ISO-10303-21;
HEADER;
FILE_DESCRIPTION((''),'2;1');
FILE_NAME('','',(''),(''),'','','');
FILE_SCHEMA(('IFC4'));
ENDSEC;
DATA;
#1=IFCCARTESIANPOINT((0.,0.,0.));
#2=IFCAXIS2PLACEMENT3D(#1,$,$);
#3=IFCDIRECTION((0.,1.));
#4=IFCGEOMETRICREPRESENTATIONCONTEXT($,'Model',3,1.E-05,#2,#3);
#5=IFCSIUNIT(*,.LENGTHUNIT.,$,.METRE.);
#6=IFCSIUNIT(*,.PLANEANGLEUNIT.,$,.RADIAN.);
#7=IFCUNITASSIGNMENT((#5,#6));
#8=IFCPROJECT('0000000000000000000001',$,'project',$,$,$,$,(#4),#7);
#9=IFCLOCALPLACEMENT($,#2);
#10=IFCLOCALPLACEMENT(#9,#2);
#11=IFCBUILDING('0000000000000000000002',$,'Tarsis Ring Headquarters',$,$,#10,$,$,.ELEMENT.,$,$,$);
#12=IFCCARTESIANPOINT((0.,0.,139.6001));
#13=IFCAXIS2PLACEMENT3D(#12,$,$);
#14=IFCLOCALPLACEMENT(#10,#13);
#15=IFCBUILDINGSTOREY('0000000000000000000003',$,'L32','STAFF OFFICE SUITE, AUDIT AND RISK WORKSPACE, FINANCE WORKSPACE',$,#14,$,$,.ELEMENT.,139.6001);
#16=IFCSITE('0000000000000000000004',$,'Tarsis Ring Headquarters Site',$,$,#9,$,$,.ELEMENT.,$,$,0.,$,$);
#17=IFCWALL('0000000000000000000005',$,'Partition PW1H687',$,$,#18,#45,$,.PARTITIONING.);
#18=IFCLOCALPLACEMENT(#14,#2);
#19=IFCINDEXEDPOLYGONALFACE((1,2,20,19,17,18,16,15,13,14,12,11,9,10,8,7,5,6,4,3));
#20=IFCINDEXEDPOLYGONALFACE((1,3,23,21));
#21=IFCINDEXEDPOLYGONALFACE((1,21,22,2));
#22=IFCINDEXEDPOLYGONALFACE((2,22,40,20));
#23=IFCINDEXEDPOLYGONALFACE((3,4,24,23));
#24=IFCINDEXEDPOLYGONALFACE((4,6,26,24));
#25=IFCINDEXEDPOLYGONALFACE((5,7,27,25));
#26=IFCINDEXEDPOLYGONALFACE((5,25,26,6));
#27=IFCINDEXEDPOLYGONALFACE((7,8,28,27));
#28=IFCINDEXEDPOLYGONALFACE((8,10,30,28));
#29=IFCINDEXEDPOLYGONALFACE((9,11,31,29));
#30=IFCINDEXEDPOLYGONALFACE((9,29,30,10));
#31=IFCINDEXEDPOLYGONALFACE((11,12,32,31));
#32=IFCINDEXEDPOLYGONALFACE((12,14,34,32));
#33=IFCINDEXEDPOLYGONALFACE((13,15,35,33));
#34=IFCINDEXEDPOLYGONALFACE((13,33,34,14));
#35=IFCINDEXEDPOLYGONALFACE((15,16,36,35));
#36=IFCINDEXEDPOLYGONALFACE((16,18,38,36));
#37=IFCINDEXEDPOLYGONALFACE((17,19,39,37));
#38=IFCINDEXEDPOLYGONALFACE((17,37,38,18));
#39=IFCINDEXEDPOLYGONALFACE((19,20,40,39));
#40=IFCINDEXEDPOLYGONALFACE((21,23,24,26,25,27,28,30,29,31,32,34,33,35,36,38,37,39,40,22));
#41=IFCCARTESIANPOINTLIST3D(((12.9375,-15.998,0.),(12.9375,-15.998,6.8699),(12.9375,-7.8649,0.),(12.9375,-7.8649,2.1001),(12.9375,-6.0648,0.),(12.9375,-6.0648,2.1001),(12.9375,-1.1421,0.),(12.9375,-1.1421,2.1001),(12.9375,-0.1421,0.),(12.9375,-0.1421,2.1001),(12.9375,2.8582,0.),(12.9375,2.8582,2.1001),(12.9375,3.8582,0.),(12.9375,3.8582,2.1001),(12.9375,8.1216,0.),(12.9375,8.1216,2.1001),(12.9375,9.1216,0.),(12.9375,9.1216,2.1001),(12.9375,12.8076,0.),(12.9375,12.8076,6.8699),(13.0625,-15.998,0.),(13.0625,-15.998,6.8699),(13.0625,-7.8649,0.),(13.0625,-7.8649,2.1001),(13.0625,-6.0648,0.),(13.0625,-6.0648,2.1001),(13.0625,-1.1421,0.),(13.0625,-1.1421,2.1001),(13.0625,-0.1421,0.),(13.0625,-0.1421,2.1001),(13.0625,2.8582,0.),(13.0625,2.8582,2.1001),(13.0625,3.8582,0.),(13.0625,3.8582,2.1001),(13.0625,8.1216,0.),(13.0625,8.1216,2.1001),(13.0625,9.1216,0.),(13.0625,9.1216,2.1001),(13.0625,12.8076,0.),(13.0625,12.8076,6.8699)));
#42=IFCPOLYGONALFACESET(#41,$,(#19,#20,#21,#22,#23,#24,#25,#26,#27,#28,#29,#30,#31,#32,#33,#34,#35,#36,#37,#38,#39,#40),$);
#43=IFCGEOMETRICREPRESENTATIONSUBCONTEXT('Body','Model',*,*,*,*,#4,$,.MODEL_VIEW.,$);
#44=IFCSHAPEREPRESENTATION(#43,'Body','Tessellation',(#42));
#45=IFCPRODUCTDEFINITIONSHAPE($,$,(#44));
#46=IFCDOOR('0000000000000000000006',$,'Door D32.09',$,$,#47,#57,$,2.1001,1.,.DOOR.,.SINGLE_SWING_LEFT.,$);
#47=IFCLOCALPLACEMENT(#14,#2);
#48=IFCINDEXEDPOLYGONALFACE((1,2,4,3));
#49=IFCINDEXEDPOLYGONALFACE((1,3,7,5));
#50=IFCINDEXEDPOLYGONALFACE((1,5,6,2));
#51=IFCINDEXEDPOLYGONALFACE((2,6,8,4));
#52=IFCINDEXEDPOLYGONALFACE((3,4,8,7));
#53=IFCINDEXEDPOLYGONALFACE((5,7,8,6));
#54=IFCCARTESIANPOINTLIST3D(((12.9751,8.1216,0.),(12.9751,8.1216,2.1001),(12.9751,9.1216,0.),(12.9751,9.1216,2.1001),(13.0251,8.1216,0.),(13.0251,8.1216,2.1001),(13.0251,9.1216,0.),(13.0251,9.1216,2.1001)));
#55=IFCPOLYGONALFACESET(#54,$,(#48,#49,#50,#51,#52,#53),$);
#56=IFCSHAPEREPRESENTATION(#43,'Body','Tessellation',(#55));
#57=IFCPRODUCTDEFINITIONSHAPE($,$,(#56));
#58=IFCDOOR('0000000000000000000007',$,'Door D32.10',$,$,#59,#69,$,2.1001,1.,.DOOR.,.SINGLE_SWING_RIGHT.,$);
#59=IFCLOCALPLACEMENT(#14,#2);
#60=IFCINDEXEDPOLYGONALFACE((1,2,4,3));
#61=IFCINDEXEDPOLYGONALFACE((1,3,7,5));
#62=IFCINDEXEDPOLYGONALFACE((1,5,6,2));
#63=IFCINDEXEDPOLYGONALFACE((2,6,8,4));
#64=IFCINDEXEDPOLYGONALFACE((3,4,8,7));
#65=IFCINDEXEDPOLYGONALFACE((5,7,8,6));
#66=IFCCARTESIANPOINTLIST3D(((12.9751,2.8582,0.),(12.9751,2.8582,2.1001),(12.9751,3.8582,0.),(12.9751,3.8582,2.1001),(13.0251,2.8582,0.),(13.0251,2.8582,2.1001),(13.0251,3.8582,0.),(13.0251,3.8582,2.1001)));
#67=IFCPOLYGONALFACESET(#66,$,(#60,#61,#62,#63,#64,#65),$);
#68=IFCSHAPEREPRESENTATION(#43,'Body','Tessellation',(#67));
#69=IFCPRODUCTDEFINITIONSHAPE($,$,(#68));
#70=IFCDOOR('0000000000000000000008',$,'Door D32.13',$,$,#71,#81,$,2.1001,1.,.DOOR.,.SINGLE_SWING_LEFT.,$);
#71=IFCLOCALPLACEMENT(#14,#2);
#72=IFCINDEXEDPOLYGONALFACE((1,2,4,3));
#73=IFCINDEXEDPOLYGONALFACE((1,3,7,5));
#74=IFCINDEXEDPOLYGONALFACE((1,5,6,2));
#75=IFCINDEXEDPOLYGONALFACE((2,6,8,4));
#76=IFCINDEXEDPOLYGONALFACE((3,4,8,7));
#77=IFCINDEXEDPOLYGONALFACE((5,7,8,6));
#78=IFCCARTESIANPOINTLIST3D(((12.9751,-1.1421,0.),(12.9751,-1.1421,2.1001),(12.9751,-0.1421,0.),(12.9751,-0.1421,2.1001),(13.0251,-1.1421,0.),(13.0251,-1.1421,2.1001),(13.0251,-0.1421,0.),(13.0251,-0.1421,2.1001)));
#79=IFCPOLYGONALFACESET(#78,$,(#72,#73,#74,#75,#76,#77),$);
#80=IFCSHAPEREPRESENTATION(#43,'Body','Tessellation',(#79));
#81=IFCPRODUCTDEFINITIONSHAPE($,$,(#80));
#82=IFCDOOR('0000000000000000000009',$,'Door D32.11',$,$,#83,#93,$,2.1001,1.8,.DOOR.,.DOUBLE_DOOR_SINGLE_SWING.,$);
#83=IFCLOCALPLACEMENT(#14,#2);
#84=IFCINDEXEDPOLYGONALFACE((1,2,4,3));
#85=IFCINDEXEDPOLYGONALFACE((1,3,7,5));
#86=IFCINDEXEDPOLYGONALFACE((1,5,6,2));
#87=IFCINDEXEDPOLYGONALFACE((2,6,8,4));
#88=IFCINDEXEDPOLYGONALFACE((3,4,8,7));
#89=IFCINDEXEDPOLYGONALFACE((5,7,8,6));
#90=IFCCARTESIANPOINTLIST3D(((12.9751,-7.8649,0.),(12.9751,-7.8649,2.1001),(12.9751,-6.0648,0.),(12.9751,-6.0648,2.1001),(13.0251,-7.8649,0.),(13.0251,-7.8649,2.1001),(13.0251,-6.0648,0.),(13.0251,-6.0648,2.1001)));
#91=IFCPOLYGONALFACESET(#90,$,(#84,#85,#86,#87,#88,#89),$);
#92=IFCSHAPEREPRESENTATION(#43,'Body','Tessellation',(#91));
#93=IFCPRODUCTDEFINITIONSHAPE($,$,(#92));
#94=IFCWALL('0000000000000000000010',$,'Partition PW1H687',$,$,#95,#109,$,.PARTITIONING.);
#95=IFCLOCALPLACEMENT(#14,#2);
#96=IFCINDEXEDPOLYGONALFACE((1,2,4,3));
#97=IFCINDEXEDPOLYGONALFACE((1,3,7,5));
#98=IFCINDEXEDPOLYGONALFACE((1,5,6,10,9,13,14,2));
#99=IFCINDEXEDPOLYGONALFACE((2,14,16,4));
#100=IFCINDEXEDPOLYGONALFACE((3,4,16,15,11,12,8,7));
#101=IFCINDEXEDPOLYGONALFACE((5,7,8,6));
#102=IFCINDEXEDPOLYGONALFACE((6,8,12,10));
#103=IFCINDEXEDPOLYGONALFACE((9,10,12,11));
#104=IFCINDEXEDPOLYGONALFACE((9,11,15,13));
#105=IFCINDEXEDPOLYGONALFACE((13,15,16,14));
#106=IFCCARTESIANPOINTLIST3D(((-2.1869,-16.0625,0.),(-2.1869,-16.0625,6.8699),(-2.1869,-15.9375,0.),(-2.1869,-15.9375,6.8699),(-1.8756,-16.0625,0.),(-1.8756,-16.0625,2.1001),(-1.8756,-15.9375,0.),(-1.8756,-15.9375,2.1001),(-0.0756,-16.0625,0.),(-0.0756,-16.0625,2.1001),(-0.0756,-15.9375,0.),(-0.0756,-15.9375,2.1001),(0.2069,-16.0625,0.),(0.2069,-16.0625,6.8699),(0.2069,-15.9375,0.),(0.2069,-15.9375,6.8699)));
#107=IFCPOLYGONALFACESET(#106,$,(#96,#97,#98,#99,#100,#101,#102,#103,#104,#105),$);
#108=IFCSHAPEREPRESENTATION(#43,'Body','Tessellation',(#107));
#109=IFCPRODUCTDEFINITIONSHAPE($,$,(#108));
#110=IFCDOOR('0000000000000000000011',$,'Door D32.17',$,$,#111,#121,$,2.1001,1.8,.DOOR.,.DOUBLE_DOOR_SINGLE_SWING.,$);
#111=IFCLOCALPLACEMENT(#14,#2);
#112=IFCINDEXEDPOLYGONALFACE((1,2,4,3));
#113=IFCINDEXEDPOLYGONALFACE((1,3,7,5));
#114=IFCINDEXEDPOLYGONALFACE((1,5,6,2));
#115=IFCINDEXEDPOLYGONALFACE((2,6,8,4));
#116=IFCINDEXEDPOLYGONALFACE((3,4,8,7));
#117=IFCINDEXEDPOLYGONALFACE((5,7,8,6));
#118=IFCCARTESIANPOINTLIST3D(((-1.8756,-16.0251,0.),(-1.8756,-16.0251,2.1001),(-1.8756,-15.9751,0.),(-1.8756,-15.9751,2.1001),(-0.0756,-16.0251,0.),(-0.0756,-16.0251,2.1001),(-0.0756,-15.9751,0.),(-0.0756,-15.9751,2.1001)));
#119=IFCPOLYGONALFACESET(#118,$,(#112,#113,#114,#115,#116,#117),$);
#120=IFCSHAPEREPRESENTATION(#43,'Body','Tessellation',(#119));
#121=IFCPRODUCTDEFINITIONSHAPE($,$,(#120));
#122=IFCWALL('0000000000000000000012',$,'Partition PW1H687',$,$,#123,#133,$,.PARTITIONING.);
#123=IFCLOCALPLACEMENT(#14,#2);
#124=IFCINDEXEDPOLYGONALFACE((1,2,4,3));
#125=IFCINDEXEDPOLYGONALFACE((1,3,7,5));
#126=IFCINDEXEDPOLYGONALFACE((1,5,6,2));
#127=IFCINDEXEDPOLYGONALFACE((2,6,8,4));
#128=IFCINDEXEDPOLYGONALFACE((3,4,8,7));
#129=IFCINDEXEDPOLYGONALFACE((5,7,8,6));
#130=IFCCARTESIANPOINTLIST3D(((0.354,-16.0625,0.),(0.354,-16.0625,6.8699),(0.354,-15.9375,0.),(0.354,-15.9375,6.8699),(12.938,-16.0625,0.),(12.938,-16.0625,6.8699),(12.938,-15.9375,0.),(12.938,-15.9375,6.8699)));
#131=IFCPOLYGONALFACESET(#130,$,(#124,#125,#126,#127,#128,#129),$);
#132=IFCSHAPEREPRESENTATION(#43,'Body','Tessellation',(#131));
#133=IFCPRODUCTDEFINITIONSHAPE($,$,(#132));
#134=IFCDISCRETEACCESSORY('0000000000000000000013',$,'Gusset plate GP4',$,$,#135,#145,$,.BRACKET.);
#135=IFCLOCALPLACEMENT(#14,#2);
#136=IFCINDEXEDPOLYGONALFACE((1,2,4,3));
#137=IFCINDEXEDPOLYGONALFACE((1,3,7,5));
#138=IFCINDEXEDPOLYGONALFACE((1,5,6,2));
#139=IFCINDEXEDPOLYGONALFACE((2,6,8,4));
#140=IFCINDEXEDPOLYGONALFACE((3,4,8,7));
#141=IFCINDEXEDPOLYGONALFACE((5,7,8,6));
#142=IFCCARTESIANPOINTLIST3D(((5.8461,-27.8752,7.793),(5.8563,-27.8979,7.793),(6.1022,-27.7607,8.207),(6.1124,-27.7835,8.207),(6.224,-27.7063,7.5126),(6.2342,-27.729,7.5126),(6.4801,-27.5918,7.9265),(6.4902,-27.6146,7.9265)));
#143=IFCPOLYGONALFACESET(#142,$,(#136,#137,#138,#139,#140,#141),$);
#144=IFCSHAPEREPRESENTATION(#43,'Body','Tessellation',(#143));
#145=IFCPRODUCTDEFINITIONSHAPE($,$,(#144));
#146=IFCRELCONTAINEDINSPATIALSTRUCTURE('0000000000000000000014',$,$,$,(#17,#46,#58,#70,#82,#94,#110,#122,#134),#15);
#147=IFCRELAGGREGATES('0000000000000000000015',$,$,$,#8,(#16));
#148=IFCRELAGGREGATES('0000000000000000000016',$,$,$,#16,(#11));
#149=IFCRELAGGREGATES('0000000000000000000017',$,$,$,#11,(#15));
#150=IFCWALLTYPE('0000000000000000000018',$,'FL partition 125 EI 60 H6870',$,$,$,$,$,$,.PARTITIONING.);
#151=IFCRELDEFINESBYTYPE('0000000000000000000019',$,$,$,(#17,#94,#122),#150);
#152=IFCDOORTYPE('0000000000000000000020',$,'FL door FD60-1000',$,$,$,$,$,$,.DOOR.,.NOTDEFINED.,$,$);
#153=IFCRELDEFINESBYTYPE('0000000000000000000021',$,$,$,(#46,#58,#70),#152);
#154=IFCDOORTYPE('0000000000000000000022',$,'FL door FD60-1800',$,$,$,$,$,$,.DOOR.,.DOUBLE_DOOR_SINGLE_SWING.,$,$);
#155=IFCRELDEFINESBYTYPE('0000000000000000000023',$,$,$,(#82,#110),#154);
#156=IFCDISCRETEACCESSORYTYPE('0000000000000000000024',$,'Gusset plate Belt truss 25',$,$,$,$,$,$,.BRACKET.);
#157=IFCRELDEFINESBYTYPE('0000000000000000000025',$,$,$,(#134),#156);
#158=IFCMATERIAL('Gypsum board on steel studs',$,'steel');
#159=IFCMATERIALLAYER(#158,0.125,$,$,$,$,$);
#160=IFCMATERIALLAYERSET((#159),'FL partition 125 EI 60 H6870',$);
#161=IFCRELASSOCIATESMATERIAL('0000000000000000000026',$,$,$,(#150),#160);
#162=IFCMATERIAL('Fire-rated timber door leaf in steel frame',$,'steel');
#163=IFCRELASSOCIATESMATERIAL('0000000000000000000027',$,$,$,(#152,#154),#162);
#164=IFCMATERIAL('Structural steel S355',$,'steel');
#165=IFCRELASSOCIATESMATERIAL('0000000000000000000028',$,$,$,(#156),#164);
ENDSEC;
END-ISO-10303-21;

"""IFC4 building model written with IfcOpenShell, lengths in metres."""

from ifc_helpers import new_model, si_unit, direction, frame, frame_2d, origin, origin_2d, place, context, subcontext, project, spatial, rectangle, extrude, material, layer, layer_set, material_profile, profile_set, type_object, element, fill, save


model = new_model("IFC4")

# Units and contexts
model_context = context("Model", 3, precision=1e-05, world=origin(), true_north=direction((0.0, 1.0)))
body_context = subcontext(model_context, "Body", "Model", "MODEL_VIEW")
ifc_project = project(units=[si_unit("LENGTHUNIT", "METRE"), si_unit("PLANEANGLEUNIT", "RADIAN")], contexts=[model_context])

# Site, building, storey
site_placement = place(None, origin())
site = spatial("IfcSite", under=ifc_project, at=site_placement, Name="Tarsis Ring Headquarters Site", CompositionType="ELEMENT", RefElevation=0.0)
building_placement = place(site_placement, origin())
building = spatial("IfcBuilding", under=site, at=building_placement, Name="Tarsis Ring Headquarters", CompositionType="ELEMENT")
storey_placement = place(building_placement, frame((0.0, 0.0, 139.6001)))
storey = spatial("IfcBuildingStorey", under=building, at=storey_placement, Name="L32", Description="STAFF OFFICE SUITE, AUDIT AND RISK WORKSPACE, FINANCE WORKSPACE", CompositionType="ELEMENT", Elevation=139.6001)

# Shared definitions
ifc_material_1 = material(Name="Structural steel S355", Category="steel")

# Wall, openings, doors
ifc_material_2 = material(Name="Gypsum board on steel studs", Category="steel")
ifc_layer_1 = layer(ifc_material_2, 0.125)
ifc_layer_set_1 = layer_set([ifc_layer_1], Name="FL partition 125 EI 60 H6870")
wall_type = type_object("IfcWallType", Name="FL partition 125 EI 60 H6870", PredefinedType="PARTITIONING", material=ifc_layer_set_1)
wall_1_placement = place(storey_placement, frame((13.0, -15.998, 0.0), z_axis=(0.0, 0.0, 1.0), x_axis=(0.0, 1.0, 0.0)))
wall_1 = element("IfcWall", 1, at=wall_1_placement, inside=storey, type_object=wall_type, Name="Partition PW1H687", PredefinedType="PARTITIONING", context=body_context, shape_type="SweptSolid", body=[
    extrude(rectangle(XDim=28.8057, YDim=0.125, at=frame_2d((14.4028, 0.0))), origin(), (0.0, 0.0, 1.0), 6.8699),
])
opening_1_placement = place(wall_1_placement, frame((24.1196, 0.0, 0.0)))
opening_1 = element("IfcOpeningElement", 2, at=opening_1_placement, cuts=wall_1, PredefinedType="OPENING", context=body_context, shape_type="SweptSolid", body=[
    extrude(rectangle(XDim=1.0, YDim=2.1001, at=frame_2d((0.5, 1.05))), frame((0.0, 0.0725, 0.0), z_axis=(0.0, -1.0, 0.0), x_axis=(1.0, 0.0, 0.0)), (0.0, 0.0, 1.0), 0.145),
])
opening_2_placement = place(wall_1_placement, frame((18.8562, 0.0, 0.0)))
opening_2 = element("IfcOpeningElement", 3, at=opening_2_placement, cuts=wall_1, PredefinedType="OPENING", context=body_context, shape_type="SweptSolid", body=[
    extrude(rectangle(XDim=1.0, YDim=2.1001, at=frame_2d((0.5, 1.05))), frame((0.0, 0.0725, 0.0), z_axis=(0.0, -1.0, 0.0), x_axis=(1.0, 0.0, 0.0)), (0.0, 0.0, 1.0), 0.145),
])
opening_3_placement = place(wall_1_placement, frame((8.1333, 0.0, 0.0)))
opening_3 = element("IfcOpeningElement", 4, at=opening_3_placement, cuts=wall_1, PredefinedType="OPENING", context=body_context, shape_type="SweptSolid", body=[
    extrude(rectangle(XDim=1.8, YDim=2.1001, at=frame_2d((0.8999, 1.05))), frame((0.0, 0.0725, 0.0), z_axis=(0.0, -1.0, 0.0), x_axis=(1.0, 0.0, 0.0)), (0.0, 0.0, 1.0), 0.145),
])
opening_4_placement = place(wall_1_placement, frame((14.856, 0.0, 0.0)))
opening_4 = element("IfcOpeningElement", 5, at=opening_4_placement, cuts=wall_1, PredefinedType="OPENING", context=body_context, shape_type="SweptSolid", body=[
    extrude(rectangle(XDim=1.0, YDim=2.1001, at=frame_2d((0.5, 1.05))), frame((0.0, 0.0725, 0.0), z_axis=(0.0, -1.0, 0.0), x_axis=(1.0, 0.0, 0.0)), (0.0, 0.0, 1.0), 0.145),
])
ifc_material_3 = material(Name="Fire-rated timber door leaf in steel frame", Category="steel")
door_type_1 = type_object("IfcDoorType", Name="FL door FD60-1000", OperationType="NOTDEFINED", PredefinedType="DOOR", material=ifc_material_3)
door_1_placement = place(opening_1_placement, origin())
door_1 = element("IfcDoor", 6, at=door_1_placement, inside=storey, type_object=door_type_1, Name="Door D32.09", OperationType="SINGLE_SWING_LEFT", OverallHeight=2.1001, OverallWidth=1.0, PredefinedType="DOOR", context=body_context, shape_type="SweptSolid", body=[
    extrude(rectangle(XDim=1.0, YDim=2.1001, at=frame_2d((0.5, 1.05))), frame((0.0, 0.0249, 0.0), z_axis=(0.0, -1.0, 0.0), x_axis=(1.0, 0.0, 0.0)), (0.0, 0.0, 1.0), 0.05),
])
fill(opening_1, door_1)
door_2_placement = place(opening_2_placement, origin())
door_2 = element("IfcDoor", 7, at=door_2_placement, inside=storey, type_object=door_type_1, Name="Door D32.10", OperationType="SINGLE_SWING_RIGHT", OverallHeight=2.1001, OverallWidth=1.0, PredefinedType="DOOR", context=body_context, shape_type="SweptSolid", body=[
    extrude(rectangle(XDim=1.0, YDim=2.1001, at=frame_2d((0.5, 1.05))), frame((0.0, 0.0249, 0.0), z_axis=(0.0, -1.0, 0.0), x_axis=(1.0, 0.0, 0.0)), (0.0, 0.0, 1.0), 0.05),
])
fill(opening_2, door_2)
door_3_placement = place(opening_4_placement, origin())
door_3 = element("IfcDoor", 8, at=door_3_placement, inside=storey, type_object=door_type_1, Name="Door D32.13", OperationType="SINGLE_SWING_LEFT", OverallHeight=2.1001, OverallWidth=1.0, PredefinedType="DOOR", context=body_context, shape_type="SweptSolid", body=[
    extrude(rectangle(XDim=1.0, YDim=2.1001, at=frame_2d((0.5, 1.05))), frame((0.0, 0.0249, 0.0), z_axis=(0.0, -1.0, 0.0), x_axis=(1.0, 0.0, 0.0)), (0.0, 0.0, 1.0), 0.05),
])
fill(opening_4, door_3)
door_type_2 = type_object("IfcDoorType", Name="FL door FD60-1800", OperationType="DOUBLE_DOOR_SINGLE_SWING", PredefinedType="DOOR", material=ifc_material_3)
door_4_placement = place(opening_3_placement, origin())
door_4 = element("IfcDoor", 9, at=door_4_placement, inside=storey, type_object=door_type_2, Name="Door D32.11", OperationType="DOUBLE_DOOR_SINGLE_SWING", OverallHeight=2.1001, OverallWidth=1.8, PredefinedType="DOOR", context=body_context, shape_type="SweptSolid", body=[
    extrude(rectangle(XDim=1.8, YDim=2.1001, at=frame_2d((0.8999, 1.05))), frame((0.0, 0.0249, 0.0), z_axis=(0.0, -1.0, 0.0), x_axis=(1.0, 0.0, 0.0)), (0.0, 0.0, 1.0), 0.05),
])
fill(opening_3, door_4)

# Wall, opening, door
wall_2_placement = place(storey_placement, frame((-2.1868, -16.0, 0.0), z_axis=(0.0, 0.0, 1.0), x_axis=(1.0, 0.0, 0.0)))
wall_2 = element("IfcWall", 10, at=wall_2_placement, inside=storey, type_object=wall_type, Name="Partition PW1H687", PredefinedType="PARTITIONING", context=body_context, shape_type="SweptSolid", body=[
    extrude(rectangle(XDim=2.3938, YDim=0.125, at=frame_2d((1.1968, 0.0))), origin(), (0.0, 0.0, 1.0), 6.8699),
])
opening_5_placement = place(wall_2_placement, frame((0.3113, 0.0, 0.0)))
opening_5 = element("IfcOpeningElement", 11, at=opening_5_placement, cuts=wall_2, PredefinedType="OPENING", context=body_context, shape_type="SweptSolid", body=[
    extrude(rectangle(XDim=1.8, YDim=2.1001, at=frame_2d((0.8999, 1.05))), frame((0.0, 0.0725, 0.0), z_axis=(0.0, -1.0, 0.0), x_axis=(1.0, 0.0, 0.0)), (0.0, 0.0, 1.0), 0.145),
])
door_5_placement = place(opening_5_placement, origin())
door_5 = element("IfcDoor", 12, at=door_5_placement, inside=storey, type_object=door_type_2, Name="Door D32.17", OperationType="DOUBLE_DOOR_SINGLE_SWING", OverallHeight=2.1001, OverallWidth=1.8, PredefinedType="DOOR", context=body_context, shape_type="SweptSolid", body=[
    extrude(rectangle(XDim=1.8, YDim=2.1001, at=frame_2d((0.8999, 1.05))), frame((0.0, 0.0249, 0.0), z_axis=(0.0, -1.0, 0.0), x_axis=(1.0, 0.0, 0.0)), (0.0, 0.0, 1.0), 0.05),
])
fill(opening_5, door_5)

# Wall
wall_3_placement = place(storey_placement, frame((0.354, -16.0, 0.0), z_axis=(0.0, 0.0, 1.0), x_axis=(1.0, 0.0, 0.0)))
element("IfcWall", 13, at=wall_3_placement, inside=storey, type_object=wall_type, Name="Partition PW1H687", PredefinedType="PARTITIONING", context=body_context, shape_type="SweptSolid", body=[
    extrude(rectangle(XDim=12.584, YDim=0.125, at=frame_2d((6.292, 0.0))), origin(), (0.0, 0.0, 1.0), 6.8699),
])

# Discrete accessory
ifc_material_profile_1 = material_profile(ifc_material_1, rectangle(XDim=0.0249, YDim=0.5, at=origin_2d()), Name="PL 25x500")
ifc_profile_set_1 = profile_set([ifc_material_profile_1], Name="Structural steel S355")
discrete_accessory_type = type_object("IfcDiscreteAccessoryType", Name="Gusset plate Belt truss 25", PredefinedType="BRACKET", material=ifc_profile_set_1)
discrete_accessory_placement = place(storey_placement, frame((5.9792, -27.8293, 8.0), z_axis=(0.755763, 0.337848, -0.560964), x_axis=(-0.408107, 0.912934, 0.0)))
element("IfcDiscreteAccessory", 14, at=discrete_accessory_placement, inside=storey, type_object=discrete_accessory_type, Name="Gusset plate GP4", PredefinedType="BRACKET", context=body_context, shape_type="SweptSolid", body=[
    extrude(rectangle(XDim=0.0249, YDim=0.5, at=origin_2d()), origin(), (0.0, 0.0, 1.0), 0.5),
])

save(model, "model.ifc")
